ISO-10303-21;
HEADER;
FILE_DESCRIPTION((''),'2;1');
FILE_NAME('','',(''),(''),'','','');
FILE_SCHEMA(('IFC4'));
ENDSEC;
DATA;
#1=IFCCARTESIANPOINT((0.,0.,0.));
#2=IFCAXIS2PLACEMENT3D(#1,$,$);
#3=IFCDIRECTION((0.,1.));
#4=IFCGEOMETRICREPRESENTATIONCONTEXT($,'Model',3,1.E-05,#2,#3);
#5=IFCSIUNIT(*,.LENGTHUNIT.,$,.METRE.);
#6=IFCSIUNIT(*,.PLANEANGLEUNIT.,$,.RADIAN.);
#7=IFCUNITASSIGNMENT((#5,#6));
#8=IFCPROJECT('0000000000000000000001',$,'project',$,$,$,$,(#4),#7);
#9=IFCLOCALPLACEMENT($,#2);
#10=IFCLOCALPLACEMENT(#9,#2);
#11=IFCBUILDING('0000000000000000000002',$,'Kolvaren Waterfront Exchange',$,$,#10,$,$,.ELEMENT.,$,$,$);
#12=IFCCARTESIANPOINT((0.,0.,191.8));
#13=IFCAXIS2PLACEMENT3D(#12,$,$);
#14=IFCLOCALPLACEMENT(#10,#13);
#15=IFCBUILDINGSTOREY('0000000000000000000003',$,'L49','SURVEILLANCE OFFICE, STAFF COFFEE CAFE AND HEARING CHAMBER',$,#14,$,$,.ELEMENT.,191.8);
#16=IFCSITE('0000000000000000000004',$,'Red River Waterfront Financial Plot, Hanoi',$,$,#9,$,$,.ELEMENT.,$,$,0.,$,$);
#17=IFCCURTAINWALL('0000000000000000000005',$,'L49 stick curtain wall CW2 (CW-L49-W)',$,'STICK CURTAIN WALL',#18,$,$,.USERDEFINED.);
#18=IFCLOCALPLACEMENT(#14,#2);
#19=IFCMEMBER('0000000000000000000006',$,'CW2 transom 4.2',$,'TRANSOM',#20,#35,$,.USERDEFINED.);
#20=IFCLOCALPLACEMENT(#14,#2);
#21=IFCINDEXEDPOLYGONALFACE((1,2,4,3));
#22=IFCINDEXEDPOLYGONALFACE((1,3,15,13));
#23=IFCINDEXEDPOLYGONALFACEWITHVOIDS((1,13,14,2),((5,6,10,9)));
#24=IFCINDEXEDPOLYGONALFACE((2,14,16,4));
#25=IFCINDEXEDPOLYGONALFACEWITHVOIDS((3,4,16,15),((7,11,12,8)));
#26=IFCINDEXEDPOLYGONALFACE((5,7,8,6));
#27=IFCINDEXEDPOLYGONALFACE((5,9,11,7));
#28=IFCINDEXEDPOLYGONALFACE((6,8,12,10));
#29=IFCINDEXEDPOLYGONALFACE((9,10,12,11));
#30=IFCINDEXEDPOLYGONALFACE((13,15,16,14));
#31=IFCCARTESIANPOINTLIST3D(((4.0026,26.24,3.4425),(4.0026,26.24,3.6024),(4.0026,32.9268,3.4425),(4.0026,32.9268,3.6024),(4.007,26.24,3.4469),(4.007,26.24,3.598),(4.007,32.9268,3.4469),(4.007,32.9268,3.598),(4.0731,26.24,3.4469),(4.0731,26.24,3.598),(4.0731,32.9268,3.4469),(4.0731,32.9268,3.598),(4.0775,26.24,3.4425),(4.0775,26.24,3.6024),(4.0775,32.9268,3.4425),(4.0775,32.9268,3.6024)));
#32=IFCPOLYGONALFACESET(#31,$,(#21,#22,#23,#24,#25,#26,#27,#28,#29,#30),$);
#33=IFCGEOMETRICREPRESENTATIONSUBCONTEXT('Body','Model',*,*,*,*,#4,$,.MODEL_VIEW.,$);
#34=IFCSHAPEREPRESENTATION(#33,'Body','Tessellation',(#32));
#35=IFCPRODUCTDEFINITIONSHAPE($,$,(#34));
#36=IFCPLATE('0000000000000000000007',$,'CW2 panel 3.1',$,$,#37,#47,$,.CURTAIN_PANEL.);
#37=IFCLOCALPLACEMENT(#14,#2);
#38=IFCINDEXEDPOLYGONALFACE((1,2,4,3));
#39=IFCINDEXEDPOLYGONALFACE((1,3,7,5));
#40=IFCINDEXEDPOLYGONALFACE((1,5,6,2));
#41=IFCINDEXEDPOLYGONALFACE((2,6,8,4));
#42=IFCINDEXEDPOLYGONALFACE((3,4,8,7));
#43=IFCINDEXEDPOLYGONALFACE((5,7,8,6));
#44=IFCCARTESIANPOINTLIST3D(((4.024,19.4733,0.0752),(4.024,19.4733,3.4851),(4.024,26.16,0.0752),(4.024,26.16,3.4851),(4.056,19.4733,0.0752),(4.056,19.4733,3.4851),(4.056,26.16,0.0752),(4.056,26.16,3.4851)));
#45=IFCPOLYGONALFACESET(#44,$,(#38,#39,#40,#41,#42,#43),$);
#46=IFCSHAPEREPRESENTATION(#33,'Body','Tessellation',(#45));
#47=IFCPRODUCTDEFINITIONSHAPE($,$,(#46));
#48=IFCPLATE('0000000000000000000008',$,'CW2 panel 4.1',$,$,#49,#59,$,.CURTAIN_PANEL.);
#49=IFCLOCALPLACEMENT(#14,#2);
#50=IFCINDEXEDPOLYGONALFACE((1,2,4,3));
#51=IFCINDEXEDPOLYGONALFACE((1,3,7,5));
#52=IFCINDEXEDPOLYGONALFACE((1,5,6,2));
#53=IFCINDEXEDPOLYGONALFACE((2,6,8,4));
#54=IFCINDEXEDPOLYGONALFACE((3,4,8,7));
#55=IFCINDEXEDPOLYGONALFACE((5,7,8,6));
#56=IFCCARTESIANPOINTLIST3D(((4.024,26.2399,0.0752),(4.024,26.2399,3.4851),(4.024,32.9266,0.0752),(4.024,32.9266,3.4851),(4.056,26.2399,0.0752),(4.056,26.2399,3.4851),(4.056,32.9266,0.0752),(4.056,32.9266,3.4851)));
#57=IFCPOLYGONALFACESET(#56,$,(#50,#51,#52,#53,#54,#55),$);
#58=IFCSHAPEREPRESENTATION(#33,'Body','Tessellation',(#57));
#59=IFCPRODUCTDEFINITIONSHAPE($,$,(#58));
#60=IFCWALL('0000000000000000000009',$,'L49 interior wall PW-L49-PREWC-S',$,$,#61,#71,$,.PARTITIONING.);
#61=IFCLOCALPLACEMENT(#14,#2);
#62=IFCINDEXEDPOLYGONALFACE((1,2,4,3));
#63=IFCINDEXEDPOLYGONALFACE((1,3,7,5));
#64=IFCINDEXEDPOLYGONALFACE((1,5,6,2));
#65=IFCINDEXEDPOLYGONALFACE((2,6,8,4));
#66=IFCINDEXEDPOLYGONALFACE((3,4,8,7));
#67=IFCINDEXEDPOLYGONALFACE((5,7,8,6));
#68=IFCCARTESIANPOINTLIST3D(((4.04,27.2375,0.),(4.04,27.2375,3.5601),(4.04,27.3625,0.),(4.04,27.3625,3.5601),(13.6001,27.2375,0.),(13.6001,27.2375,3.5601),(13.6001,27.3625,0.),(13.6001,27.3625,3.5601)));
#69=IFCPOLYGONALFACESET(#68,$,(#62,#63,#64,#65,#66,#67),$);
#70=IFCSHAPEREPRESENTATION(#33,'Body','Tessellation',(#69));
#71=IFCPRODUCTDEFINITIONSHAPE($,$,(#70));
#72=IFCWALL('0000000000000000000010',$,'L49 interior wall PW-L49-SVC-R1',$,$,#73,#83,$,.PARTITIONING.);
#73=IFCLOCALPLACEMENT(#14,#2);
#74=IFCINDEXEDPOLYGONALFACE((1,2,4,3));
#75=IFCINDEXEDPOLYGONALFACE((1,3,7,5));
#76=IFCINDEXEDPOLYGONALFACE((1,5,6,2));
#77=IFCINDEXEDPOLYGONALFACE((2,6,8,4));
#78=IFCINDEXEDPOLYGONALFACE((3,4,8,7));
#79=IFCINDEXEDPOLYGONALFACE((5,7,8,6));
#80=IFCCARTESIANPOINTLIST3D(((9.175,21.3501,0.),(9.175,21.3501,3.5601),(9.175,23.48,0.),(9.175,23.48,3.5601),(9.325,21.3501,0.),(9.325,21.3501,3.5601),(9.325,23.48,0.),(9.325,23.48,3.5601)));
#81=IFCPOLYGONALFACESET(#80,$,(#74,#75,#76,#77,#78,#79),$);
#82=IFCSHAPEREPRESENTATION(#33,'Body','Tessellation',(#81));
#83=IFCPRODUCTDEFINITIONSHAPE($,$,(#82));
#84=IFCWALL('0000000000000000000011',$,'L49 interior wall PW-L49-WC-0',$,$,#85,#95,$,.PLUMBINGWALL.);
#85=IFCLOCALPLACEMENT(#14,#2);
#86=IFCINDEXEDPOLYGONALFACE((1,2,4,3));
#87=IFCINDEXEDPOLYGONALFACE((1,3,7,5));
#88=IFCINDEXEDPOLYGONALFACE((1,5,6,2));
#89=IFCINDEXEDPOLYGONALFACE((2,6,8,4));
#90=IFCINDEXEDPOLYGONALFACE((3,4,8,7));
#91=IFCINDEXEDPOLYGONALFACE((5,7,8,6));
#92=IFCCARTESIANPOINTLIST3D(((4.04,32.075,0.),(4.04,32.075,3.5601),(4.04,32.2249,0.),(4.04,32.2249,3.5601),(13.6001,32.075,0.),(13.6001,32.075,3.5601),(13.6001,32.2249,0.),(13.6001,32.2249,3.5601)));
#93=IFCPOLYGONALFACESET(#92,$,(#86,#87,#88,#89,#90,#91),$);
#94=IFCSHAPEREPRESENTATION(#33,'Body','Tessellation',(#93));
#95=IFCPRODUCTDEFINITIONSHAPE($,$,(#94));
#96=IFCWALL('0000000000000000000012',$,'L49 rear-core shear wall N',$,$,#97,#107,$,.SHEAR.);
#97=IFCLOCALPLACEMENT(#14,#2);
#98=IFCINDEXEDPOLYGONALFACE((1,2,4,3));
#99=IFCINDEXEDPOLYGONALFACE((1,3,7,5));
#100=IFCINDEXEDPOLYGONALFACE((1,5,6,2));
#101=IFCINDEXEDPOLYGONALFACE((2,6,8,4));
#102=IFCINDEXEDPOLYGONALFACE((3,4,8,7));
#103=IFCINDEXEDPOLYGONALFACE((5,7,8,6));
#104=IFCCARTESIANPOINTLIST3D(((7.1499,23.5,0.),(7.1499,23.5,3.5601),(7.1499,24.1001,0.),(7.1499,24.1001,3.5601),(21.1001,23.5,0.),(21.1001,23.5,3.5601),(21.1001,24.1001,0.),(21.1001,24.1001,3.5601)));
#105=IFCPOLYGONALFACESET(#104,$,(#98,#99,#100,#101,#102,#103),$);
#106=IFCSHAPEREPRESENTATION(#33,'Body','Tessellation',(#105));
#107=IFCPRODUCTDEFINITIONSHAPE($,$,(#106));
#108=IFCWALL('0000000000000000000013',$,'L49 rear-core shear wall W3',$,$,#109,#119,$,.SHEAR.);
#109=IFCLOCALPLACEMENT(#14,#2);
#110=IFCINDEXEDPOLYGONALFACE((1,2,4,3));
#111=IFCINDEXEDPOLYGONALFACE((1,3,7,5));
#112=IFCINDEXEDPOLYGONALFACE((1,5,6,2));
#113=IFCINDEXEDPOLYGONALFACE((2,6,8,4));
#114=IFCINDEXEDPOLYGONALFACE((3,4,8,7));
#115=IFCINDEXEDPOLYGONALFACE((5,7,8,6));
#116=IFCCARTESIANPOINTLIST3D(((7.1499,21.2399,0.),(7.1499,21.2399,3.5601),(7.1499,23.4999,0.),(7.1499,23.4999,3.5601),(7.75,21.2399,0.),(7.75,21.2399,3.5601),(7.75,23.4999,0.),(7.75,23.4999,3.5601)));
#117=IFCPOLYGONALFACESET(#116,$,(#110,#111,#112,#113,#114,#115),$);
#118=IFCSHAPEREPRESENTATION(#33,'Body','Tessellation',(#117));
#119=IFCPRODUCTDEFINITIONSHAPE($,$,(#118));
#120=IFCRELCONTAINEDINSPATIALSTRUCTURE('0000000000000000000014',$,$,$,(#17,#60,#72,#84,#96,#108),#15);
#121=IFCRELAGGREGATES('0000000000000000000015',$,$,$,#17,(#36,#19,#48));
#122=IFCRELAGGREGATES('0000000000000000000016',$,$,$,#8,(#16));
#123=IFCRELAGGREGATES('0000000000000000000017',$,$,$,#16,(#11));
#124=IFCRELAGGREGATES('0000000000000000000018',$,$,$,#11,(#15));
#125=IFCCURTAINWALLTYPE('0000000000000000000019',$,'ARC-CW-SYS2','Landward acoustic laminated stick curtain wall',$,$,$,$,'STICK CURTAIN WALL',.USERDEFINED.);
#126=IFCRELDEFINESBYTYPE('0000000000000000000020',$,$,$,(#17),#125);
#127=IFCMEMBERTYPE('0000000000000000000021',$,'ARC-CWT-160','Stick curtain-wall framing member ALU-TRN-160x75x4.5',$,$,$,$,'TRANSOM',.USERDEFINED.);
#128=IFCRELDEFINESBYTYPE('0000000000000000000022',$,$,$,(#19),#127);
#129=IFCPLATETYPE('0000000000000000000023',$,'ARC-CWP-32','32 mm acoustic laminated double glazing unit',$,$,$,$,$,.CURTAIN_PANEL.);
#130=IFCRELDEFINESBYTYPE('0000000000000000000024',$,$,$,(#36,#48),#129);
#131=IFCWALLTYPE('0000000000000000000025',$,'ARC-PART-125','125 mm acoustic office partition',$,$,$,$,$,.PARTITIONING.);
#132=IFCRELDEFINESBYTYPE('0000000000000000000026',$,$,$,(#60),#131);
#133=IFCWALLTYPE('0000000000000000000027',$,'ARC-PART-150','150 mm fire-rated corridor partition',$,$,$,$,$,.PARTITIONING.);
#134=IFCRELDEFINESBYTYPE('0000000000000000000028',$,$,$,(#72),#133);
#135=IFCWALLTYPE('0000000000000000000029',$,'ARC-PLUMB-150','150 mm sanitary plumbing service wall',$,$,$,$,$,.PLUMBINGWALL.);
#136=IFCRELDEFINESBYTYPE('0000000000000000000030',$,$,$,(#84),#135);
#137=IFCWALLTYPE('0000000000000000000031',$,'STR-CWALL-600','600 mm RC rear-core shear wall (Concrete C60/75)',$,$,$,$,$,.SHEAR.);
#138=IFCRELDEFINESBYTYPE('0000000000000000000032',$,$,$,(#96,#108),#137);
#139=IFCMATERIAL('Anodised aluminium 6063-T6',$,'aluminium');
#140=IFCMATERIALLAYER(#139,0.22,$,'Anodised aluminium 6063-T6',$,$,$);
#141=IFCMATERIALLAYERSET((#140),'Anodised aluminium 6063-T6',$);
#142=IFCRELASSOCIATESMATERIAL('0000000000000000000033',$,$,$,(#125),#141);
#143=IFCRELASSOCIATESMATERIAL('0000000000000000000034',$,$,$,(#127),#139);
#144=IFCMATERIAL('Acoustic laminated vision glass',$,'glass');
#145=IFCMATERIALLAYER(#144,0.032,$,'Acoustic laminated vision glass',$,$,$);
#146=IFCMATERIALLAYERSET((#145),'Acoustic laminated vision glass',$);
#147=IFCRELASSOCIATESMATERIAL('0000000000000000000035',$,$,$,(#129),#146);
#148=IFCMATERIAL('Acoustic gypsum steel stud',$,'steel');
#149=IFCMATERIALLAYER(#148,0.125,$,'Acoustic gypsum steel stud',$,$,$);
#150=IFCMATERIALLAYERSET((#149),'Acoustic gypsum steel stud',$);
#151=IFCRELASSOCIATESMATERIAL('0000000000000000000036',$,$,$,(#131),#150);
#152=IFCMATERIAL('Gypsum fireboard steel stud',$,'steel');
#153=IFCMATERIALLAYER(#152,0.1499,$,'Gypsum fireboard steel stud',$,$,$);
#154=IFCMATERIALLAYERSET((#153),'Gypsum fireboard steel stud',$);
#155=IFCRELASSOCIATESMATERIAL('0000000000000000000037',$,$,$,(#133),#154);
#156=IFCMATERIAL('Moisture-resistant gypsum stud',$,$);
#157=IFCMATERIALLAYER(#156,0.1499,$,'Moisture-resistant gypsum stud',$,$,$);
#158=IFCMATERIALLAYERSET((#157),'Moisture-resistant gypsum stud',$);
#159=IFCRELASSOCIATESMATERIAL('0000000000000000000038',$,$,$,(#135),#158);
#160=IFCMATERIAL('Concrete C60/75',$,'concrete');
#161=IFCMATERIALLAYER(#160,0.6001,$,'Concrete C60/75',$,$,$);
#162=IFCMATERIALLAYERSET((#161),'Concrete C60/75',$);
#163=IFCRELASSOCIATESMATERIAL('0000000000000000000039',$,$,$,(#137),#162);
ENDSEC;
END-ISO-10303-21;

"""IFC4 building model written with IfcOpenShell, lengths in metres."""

from ifc_helpers import new_model, si_unit, direction, frame, frame_2d, origin, origin_with_axes, origin_2d, place, context, subcontext, project, spatial, rectangle, hollow_rectangle, extrude, source, transform, mapped, material, layer, layer_set, material_profile, profile_set, type_object, element, aggregate, save


model = new_model("IFC4")

# Units and contexts
model_context = context("Model", 3, precision=1e-05, world=origin(), true_north=direction((0.0, 1.0)))
body_context = subcontext(model_context, "Body", "Model", "MODEL_VIEW")
ifc_project = project(units=[si_unit("LENGTHUNIT", "METRE"), si_unit("PLANEANGLEUNIT", "RADIAN")], contexts=[model_context])

# Site, building, storey
site_placement = place(None, origin())
site = spatial("IfcSite", under=ifc_project, at=site_placement, Name="Red River Waterfront Financial Plot, Hanoi", CompositionType="ELEMENT", RefElevation=0.0)
building_placement = place(site_placement, origin())
building = spatial("IfcBuilding", under=site, at=building_placement, Name="Kolvaren Waterfront Exchange", CompositionType="ELEMENT")
storey_placement = place(building_placement, frame((0.0, 0.0, 191.8)))
storey = spatial("IfcBuildingStorey", under=building, at=storey_placement, Name="L49", Description="SURVEILLANCE OFFICE, STAFF COFFEE CAFE AND HEARING CHAMBER", CompositionType="ELEMENT", Elevation=191.8)

# Shared definitions
ifc_material_1 = material(Name="Concrete C60/75", Category="concrete")

# Curtain wall, member, plates
ifc_material_2 = material(Name="Anodised aluminium 6063-T6", Category="aluminium")
ifc_layer_1 = layer(ifc_material_2, 0.22, Name="Anodised aluminium 6063-T6")
ifc_layer_set_1 = layer_set([ifc_layer_1], Name="Anodised aluminium 6063-T6")
curtain_wall_type = type_object("IfcCurtainWallType", Name="ARC-CW-SYS2", Description="Landward acoustic laminated stick curtain wall", ElementType="STICK CURTAIN WALL", PredefinedType="USERDEFINED", material=ifc_layer_set_1)
curtain_wall_placement = place(storey_placement, origin())
curtain_wall = element("IfcCurtainWall", 1, at=curtain_wall_placement, inside=storey, type_object=curtain_wall_type, Name="L49 stick curtain wall CW2 (CW-L49-W)", ObjectType="STICK CURTAIN WALL", PredefinedType="USERDEFINED")
ifc_material_profile_1 = material_profile(ifc_material_2, hollow_rectangle(XDim=0.075, YDim=0.1599, WallThickness=0.0044, at=origin_2d()), Name="ALU-TRN-160x75x4.5")
ifc_profile_set_1 = profile_set([ifc_material_profile_1], Name="Anodised aluminium 6063-T6")
member_type_1 = type_object("IfcMemberType", Name="ARC-CWT-160", Description="Stick curtain-wall framing member ALU-TRN-160x75x4.5", ElementType="TRANSOM", PredefinedType="USERDEFINED", material=ifc_profile_set_1)
shared_shape_1 = source(origin_with_axes(), body_context, "Body", "SweptSolid", [
    extrude(hollow_rectangle(XDim=0.075, YDim=0.1599, WallThickness=0.0044, at=origin_2d()), origin(), (0.0, 0.0, 1.0), 6.6868),
])
member_1_placement = place(storey_placement, frame((4.04, 26.24, 3.5225), z_axis=(0.0, 1.0, 0.0), x_axis=(-1.0, 0.0, 0.0)))
member_1 = element("IfcMember", 2, at=member_1_placement, type_object=member_type_1, Name="CW2 transom 4.2", ObjectType="TRANSOM", PredefinedType="USERDEFINED", context=body_context, shape_type="MappedRepresentation", body=[
    mapped(shared_shape_1, transform((0.0, 0.0, 0.0), x_axis=(1.0, 0.0, 0.0), y_axis=(0.0, 1.0, 0.0), z_axis=(0.0, 0.0, 1.0), scale=1.0)),
])
ifc_material_3 = material(Name="Acoustic laminated vision glass", Category="glass")
ifc_layer_2 = layer(ifc_material_3, 0.032, Name="Acoustic laminated vision glass")
ifc_layer_set_2 = layer_set([ifc_layer_2], Name="Acoustic laminated vision glass")
plate_type = type_object("IfcPlateType", Name="ARC-CWP-32", Description="32 mm acoustic laminated double glazing unit", PredefinedType="CURTAIN_PANEL", material=ifc_layer_set_2)
shared_shape_2 = source(origin_with_axes(), body_context, "Body", "SweptSolid", [
    extrude(rectangle(XDim=6.6868, YDim=0.032, at=origin_2d()), origin(), (0.0, 0.0, 1.0), 3.4099),
])
plate_1_placement = place(storey_placement, frame((4.04, 22.8167, 0.0752), z_axis=(0.0, 0.0, 1.0), x_axis=(0.0, 1.0, 0.0)))
plate_1 = element("IfcPlate", 3, at=plate_1_placement, type_object=plate_type, Name="CW2 panel 3.1", PredefinedType="CURTAIN_PANEL", context=body_context, shape_type="MappedRepresentation", body=[
    mapped(shared_shape_2, transform((0.0, 0.0, 0.0), x_axis=(1.0, 0.0, 0.0), y_axis=(0.0, 1.0, 0.0), z_axis=(0.0, 0.0, 1.0), scale=1.0)),
])
plate_2_placement = place(storey_placement, frame((4.04, 29.5833, 0.0752), z_axis=(0.0, 0.0, 1.0), x_axis=(0.0, 1.0, 0.0)))
plate_2 = element("IfcPlate", 4, at=plate_2_placement, type_object=plate_type, Name="CW2 panel 4.1", PredefinedType="CURTAIN_PANEL", context=body_context, shape_type="MappedRepresentation", body=[
    mapped(shared_shape_2, transform((0.0, 0.0, 0.0), x_axis=(1.0, 0.0, 0.0), y_axis=(0.0, 1.0, 0.0), z_axis=(0.0, 0.0, 1.0), scale=1.0)),
])
aggregate(curtain_wall, [plate_1, member_1, plate_2])

# Shared definitions
ifc_material_4 = material(Name="Acoustic gypsum steel stud", Category="steel")
ifc_layer_3 = layer(ifc_material_4, 0.125, Name="Acoustic gypsum steel stud")
ifc_layer_set_3 = layer_set([ifc_layer_3], Name="Acoustic gypsum steel stud")
wall_type_1 = type_object("IfcWallType", Name="ARC-PART-125", Description="125 mm acoustic office partition", PredefinedType="PARTITIONING", material=ifc_layer_set_3)

# Walls
wall_1_placement = place(storey_placement, frame((4.04, 27.3, 0.0), z_axis=(0.0, 0.0, 1.0), x_axis=(1.0, 0.0, 0.0)))
element("IfcWall", 5, at=wall_1_placement, inside=storey, type_object=wall_type_1, Name="L49 interior wall PW-L49-PREWC-S", PredefinedType="PARTITIONING", context=body_context, shape_type="SweptSolid", body=[
    extrude(rectangle(XDim=9.5601, YDim=0.125, at=frame_2d((4.78, 0.0))), origin(), (0.0, 0.0, 1.0), 3.5601),
])
ifc_material_5 = material(Name="Gypsum fireboard steel stud", Category="steel")
ifc_layer_4 = layer(ifc_material_5, 0.1499, Name="Gypsum fireboard steel stud")
ifc_layer_set_4 = layer_set([ifc_layer_4], Name="Gypsum fireboard steel stud")
wall_type_2 = type_object("IfcWallType", Name="ARC-PART-150", Description="150 mm fire-rated corridor partition", PredefinedType="PARTITIONING", material=ifc_layer_set_4)
wall_2_placement = place(storey_placement, frame((9.25, 21.3501, 0.0), z_axis=(0.0, 0.0, 1.0), x_axis=(0.0, 1.0, 0.0)))
element("IfcWall", 6, at=wall_2_placement, inside=storey, type_object=wall_type_2, Name="L49 interior wall PW-L49-SVC-R1", PredefinedType="PARTITIONING", context=body_context, shape_type="SweptSolid", body=[
    extrude(rectangle(XDim=2.1299, YDim=0.1499, at=frame_2d((1.0649, 0.0))), origin(), (0.0, 0.0, 1.0), 3.5601),
])

# Walls
ifc_material_6 = material(Name="Moisture-resistant gypsum stud")
ifc_layer_5 = layer(ifc_material_6, 0.1499, Name="Moisture-resistant gypsum stud")
ifc_layer_set_5 = layer_set([ifc_layer_5], Name="Moisture-resistant gypsum stud")
wall_type_3 = type_object("IfcWallType", Name="ARC-PLUMB-150", Description="150 mm sanitary plumbing service wall", PredefinedType="PLUMBINGWALL", material=ifc_layer_set_5)
wall_3_placement = place(storey_placement, frame((4.04, 32.1499, 0.0), z_axis=(0.0, 0.0, 1.0), x_axis=(1.0, 0.0, 0.0)))
element("IfcWall", 7, at=wall_3_placement, inside=storey, type_object=wall_type_3, Name="L49 interior wall PW-L49-WC-0", PredefinedType="PLUMBINGWALL", context=body_context, shape_type="SweptSolid", body=[
    extrude(rectangle(XDim=9.5601, YDim=0.1499, at=frame_2d((4.78, 0.0))), origin(), (0.0, 0.0, 1.0), 3.5601),
])
ifc_layer_6 = layer(ifc_material_1, 0.6001, Name="Concrete C60/75")
ifc_layer_set_6 = layer_set([ifc_layer_6], Name="Concrete C60/75")
wall_type_4 = type_object("IfcWallType", Name="STR-CWALL-600", Description="600 mm RC rear-core shear wall (Concrete C60/75)", PredefinedType="SHEAR", material=ifc_layer_set_6)
wall_4_placement = place(storey_placement, frame((7.1499, 23.8, 0.0), z_axis=(0.0, 0.0, 1.0), x_axis=(1.0, 0.0, 0.0)))
element("IfcWall", 8, at=wall_4_placement, inside=storey, type_object=wall_type_4, Name="L49 rear-core shear wall N", PredefinedType="SHEAR", context=body_context, shape_type="SweptSolid", body=[
    extrude(rectangle(XDim=13.9502, YDim=0.6001, at=frame_2d((6.9751, 0.0))), origin(), (0.0, 0.0, 1.0), 3.5601),
])
wall_5_placement = place(storey_placement, frame((7.45, 21.24, 0.0), z_axis=(0.0, 0.0, 1.0), x_axis=(0.0, 1.0, 0.0)))
element("IfcWall", 9, at=wall_5_placement, inside=storey, type_object=wall_type_4, Name="L49 rear-core shear wall W3", PredefinedType="SHEAR", context=body_context, shape_type="SweptSolid", body=[
    extrude(rectangle(XDim=2.26, YDim=0.6001, at=frame_2d((1.1299, 0.0))), origin(), (0.0, 0.0, 1.0), 3.5601),
])

save(model, "model.ifc")
